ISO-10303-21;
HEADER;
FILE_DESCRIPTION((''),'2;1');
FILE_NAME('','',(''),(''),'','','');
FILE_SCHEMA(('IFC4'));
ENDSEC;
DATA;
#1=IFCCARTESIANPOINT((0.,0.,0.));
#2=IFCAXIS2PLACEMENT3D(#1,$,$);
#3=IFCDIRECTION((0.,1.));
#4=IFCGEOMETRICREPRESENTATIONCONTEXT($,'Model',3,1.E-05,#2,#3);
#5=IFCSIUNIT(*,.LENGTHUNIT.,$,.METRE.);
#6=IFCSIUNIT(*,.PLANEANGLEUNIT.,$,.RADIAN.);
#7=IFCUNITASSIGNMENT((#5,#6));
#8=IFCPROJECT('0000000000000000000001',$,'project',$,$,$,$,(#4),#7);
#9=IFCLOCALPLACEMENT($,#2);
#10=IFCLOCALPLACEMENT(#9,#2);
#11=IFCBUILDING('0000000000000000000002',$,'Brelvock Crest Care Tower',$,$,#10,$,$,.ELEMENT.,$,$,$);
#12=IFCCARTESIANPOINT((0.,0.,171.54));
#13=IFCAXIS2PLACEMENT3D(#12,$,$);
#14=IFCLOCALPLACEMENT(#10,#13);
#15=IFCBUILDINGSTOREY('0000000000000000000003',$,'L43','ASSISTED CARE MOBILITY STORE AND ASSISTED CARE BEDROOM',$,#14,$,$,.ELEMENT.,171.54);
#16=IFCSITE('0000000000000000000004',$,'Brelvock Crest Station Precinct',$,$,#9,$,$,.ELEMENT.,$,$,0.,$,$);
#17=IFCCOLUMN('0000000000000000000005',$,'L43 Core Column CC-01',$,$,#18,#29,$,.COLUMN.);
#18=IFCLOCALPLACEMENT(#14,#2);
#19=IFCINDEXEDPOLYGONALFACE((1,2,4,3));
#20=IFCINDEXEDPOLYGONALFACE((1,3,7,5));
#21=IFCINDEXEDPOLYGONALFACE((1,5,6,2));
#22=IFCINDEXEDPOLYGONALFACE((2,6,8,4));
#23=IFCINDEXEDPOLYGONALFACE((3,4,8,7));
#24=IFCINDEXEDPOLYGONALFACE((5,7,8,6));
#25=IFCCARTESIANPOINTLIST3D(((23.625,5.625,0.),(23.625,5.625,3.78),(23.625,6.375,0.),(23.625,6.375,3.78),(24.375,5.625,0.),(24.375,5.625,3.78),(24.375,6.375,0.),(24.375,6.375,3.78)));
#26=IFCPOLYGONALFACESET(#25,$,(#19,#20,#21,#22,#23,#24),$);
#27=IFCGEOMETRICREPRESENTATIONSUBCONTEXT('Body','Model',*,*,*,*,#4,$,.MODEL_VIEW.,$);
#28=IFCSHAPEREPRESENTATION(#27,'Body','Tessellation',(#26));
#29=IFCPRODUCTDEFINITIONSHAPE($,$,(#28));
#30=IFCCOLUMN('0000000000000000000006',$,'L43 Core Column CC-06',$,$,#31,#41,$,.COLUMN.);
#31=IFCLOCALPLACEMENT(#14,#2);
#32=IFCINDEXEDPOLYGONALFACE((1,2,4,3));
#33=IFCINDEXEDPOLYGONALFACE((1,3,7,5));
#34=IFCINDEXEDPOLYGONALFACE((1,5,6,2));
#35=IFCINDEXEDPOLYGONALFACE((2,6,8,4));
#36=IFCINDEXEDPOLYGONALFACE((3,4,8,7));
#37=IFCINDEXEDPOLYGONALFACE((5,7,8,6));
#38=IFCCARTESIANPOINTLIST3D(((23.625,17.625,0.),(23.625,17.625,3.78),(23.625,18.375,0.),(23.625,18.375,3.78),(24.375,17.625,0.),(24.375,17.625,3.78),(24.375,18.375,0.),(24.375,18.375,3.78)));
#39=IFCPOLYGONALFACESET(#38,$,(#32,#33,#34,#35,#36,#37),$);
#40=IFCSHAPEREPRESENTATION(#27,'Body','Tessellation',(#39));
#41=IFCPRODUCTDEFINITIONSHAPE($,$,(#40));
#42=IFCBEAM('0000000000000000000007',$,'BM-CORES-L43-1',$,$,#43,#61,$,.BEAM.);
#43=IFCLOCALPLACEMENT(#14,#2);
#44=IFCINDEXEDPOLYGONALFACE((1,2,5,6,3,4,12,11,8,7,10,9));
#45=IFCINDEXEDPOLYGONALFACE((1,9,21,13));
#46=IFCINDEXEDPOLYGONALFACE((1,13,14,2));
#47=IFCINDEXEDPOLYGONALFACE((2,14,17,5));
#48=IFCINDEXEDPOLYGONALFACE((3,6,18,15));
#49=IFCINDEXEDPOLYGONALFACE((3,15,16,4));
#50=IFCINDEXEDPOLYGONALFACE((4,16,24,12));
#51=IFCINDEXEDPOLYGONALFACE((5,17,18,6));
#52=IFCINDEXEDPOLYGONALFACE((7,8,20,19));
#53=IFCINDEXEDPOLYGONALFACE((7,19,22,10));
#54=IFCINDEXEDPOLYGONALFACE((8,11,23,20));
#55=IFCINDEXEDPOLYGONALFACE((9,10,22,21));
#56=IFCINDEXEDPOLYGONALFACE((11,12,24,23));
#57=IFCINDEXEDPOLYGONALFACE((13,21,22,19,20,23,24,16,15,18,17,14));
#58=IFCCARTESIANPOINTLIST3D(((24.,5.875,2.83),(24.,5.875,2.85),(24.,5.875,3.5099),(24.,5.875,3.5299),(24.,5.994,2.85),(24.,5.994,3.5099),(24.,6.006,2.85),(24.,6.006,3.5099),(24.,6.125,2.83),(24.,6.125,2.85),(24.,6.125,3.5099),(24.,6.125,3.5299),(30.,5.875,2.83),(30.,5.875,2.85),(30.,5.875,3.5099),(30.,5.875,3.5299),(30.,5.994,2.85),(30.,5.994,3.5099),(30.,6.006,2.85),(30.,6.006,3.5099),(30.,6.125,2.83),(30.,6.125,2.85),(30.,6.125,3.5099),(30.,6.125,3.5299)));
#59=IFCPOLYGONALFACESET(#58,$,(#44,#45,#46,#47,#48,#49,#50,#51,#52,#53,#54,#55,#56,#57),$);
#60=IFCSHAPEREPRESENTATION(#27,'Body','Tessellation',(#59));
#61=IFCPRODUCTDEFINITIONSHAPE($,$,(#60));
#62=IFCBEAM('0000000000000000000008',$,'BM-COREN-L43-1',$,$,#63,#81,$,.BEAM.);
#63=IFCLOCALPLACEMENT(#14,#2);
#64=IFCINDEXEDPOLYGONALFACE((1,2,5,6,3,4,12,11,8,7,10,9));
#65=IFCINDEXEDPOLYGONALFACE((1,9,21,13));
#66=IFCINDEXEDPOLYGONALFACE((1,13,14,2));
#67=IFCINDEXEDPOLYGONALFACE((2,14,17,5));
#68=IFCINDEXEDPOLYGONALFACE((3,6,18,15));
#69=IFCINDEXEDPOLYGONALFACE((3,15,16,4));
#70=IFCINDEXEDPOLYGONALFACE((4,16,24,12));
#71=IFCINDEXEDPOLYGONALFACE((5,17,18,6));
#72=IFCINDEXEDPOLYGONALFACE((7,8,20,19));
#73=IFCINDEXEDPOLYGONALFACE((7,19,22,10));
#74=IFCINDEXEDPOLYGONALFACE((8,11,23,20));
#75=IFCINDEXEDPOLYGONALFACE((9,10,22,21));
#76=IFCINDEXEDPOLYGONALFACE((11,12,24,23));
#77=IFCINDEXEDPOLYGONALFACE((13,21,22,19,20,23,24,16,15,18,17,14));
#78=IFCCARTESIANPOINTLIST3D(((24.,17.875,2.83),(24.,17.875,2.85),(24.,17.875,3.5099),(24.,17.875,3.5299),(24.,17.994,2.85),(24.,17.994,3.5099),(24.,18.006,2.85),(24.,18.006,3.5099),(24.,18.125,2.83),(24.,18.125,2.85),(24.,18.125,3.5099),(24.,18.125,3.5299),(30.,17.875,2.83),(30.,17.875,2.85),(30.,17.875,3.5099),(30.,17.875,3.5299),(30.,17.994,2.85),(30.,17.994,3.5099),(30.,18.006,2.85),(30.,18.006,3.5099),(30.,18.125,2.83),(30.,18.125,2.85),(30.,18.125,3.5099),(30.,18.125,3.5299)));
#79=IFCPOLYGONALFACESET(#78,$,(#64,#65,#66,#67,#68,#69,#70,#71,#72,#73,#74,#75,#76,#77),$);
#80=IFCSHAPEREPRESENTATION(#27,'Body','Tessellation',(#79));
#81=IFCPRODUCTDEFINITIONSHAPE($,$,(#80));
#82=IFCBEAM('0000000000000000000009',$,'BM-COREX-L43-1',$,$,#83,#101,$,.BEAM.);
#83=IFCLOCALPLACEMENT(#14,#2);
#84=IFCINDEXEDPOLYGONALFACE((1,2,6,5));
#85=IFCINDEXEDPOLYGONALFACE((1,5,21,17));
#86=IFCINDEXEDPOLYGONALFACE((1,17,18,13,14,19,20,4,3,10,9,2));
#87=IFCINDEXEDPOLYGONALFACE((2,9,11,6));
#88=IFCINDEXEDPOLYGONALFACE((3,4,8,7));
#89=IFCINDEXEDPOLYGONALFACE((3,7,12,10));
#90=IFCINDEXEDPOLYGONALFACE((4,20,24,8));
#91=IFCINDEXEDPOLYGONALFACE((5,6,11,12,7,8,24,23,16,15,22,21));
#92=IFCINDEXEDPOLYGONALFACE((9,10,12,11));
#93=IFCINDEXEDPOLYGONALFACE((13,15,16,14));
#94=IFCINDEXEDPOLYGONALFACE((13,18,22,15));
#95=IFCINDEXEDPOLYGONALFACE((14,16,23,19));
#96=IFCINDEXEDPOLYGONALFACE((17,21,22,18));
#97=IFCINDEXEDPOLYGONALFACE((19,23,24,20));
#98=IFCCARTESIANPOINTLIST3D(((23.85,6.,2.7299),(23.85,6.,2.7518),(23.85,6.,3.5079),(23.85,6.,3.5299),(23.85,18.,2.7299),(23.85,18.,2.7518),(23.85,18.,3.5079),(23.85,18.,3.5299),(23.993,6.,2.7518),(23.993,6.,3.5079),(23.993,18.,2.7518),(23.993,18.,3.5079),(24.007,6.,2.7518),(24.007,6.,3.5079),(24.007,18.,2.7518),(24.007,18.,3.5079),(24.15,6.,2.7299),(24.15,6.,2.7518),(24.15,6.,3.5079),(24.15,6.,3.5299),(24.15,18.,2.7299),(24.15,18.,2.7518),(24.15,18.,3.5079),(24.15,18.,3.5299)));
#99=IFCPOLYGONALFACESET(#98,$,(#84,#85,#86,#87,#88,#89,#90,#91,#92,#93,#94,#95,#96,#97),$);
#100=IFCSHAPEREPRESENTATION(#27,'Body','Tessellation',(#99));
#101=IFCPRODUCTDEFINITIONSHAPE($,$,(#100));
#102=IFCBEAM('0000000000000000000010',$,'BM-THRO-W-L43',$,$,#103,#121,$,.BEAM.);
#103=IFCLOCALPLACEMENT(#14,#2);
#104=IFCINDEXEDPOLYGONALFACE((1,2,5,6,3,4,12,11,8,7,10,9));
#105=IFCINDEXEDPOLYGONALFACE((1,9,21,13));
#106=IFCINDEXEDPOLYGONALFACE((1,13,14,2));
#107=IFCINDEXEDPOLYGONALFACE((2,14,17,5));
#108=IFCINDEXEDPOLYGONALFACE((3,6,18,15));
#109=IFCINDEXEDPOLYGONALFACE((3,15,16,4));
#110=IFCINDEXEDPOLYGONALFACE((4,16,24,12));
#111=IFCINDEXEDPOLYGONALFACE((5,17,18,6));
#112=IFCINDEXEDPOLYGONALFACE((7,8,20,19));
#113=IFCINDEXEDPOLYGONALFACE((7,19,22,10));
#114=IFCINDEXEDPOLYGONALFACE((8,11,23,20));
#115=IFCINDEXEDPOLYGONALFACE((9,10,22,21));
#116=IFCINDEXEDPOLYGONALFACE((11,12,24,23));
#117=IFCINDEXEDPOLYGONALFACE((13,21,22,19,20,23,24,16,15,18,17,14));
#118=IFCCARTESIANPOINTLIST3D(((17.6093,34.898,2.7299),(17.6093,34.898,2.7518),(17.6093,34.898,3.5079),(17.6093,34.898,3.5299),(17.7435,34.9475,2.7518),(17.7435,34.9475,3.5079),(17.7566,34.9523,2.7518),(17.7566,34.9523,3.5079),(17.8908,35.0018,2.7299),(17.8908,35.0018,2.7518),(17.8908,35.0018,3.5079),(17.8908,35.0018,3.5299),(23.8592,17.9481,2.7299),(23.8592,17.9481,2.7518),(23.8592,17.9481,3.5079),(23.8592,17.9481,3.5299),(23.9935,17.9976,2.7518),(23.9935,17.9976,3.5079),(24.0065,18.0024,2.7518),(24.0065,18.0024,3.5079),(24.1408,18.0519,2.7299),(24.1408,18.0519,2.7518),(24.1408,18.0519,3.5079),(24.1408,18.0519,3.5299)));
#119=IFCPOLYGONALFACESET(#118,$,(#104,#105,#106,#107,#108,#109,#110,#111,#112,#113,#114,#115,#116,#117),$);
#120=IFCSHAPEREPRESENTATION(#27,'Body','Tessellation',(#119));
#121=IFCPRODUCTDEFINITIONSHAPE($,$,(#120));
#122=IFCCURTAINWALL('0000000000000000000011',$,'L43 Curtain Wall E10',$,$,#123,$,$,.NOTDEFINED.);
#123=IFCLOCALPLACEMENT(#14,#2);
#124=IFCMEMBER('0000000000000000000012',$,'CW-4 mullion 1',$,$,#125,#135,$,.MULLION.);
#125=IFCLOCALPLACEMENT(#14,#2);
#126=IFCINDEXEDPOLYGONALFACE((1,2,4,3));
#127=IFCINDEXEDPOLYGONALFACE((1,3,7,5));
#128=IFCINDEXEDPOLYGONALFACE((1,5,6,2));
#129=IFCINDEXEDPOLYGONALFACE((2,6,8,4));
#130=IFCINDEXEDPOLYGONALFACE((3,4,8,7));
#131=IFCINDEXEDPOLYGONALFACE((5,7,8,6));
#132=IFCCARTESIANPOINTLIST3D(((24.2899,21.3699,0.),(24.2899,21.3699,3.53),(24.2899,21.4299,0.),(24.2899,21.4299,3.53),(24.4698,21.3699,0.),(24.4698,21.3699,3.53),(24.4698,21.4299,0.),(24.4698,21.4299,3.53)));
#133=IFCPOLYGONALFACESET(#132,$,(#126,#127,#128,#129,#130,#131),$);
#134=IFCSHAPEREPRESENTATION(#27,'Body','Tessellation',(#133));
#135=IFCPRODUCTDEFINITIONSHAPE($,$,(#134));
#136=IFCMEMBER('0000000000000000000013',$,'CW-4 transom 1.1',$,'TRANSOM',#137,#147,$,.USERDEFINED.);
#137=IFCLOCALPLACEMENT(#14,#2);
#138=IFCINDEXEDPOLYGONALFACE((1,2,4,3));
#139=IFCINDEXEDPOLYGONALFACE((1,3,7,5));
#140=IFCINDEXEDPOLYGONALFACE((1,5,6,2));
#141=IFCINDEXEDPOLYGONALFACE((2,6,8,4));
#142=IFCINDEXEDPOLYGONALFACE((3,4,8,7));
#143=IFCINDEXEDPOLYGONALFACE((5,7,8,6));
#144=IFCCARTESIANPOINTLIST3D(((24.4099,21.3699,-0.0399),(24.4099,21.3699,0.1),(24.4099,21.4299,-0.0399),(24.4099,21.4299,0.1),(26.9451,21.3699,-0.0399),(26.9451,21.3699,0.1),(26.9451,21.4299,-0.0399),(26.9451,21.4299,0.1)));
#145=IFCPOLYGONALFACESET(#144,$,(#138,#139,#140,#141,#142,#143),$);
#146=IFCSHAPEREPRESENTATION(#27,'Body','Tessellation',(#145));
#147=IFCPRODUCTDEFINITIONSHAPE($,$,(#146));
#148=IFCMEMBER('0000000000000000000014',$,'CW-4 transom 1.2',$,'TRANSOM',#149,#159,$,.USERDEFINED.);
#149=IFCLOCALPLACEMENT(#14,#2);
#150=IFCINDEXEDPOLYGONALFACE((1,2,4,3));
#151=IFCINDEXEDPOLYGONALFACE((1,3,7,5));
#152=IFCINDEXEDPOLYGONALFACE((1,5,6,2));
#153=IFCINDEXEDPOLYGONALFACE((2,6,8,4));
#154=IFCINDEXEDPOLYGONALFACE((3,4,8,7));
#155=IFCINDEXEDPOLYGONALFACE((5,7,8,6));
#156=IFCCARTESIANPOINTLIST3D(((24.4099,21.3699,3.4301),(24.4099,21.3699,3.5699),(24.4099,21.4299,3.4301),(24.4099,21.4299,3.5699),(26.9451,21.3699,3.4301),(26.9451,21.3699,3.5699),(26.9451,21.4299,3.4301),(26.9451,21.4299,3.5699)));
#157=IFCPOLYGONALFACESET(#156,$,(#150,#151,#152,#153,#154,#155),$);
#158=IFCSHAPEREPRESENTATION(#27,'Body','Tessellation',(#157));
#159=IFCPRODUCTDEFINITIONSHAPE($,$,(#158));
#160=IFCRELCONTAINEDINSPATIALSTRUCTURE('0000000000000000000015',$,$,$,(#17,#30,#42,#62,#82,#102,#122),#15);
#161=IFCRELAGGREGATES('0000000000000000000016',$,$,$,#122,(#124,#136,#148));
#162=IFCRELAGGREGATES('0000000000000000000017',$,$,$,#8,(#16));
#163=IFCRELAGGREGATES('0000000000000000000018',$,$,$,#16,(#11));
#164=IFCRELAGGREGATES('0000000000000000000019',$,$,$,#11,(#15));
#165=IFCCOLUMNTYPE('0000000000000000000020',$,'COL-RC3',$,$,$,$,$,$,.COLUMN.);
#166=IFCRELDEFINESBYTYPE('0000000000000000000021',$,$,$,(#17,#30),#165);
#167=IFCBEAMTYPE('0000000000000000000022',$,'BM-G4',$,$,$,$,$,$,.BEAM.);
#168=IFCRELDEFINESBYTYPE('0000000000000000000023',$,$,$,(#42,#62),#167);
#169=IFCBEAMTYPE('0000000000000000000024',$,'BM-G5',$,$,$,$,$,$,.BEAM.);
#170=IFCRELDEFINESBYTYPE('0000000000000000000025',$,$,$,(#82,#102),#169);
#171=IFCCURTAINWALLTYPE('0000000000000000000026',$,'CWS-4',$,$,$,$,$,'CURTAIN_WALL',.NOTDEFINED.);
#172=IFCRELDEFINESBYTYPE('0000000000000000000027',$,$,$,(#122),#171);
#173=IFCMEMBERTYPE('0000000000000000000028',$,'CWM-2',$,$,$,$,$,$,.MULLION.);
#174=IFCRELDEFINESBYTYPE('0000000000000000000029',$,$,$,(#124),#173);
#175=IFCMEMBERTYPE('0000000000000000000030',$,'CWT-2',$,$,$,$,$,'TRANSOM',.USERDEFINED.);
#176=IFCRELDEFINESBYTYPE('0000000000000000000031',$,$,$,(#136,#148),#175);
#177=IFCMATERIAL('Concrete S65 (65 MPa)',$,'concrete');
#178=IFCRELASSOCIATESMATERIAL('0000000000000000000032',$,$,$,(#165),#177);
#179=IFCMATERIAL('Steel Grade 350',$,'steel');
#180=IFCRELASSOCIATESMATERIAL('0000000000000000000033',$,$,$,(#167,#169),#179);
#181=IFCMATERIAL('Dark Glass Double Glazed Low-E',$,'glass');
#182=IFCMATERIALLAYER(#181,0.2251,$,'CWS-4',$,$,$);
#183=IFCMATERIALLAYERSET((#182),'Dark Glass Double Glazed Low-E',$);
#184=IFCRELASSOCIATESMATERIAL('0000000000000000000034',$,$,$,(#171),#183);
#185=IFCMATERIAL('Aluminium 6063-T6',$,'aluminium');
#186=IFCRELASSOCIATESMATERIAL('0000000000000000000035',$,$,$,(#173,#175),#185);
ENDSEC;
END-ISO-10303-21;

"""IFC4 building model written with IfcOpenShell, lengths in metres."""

from ifc_helpers import new_model, si_unit, direction, frame, origin, origin_2d, place, context, subcontext, project, spatial, rectangle, i_section, extrude, source, transform, mapped, material, layer, layer_set, material_profile, profile_set, type_object, element, aggregate, save


model = new_model("IFC4")

# Units and contexts
model_context = context("Model", 3, precision=1e-05, world=origin(), true_north=direction((0.0, 1.0)))
body_context = subcontext(model_context, "Body", "Model", "MODEL_VIEW")
ifc_project = project(units=[si_unit("LENGTHUNIT", "METRE"), si_unit("PLANEANGLEUNIT", "RADIAN")], contexts=[model_context])

# Site, building, storey
site_placement = place(None, origin())
site = spatial("IfcSite", under=ifc_project, at=site_placement, Name="Brelvock Crest Station Precinct", CompositionType="ELEMENT", RefElevation=0.0)
building_placement = place(site_placement, origin())
building = spatial("IfcBuilding", under=site, at=building_placement, Name="Brelvock Crest Care Tower", CompositionType="ELEMENT")
storey_placement = place(building_placement, frame((0.0, 0.0, 171.54)))
storey = spatial("IfcBuildingStorey", under=building, at=storey_placement, Name="L43", Description="ASSISTED CARE MOBILITY STORE AND ASSISTED CARE BEDROOM", CompositionType="ELEMENT", Elevation=171.54)

# Columns
ifc_material_1 = material(Name="Concrete S65 (65 MPa)", Category="concrete")
ifc_material_profile_1 = material_profile(ifc_material_1, rectangle(XDim=0.75, YDim=0.75, at=origin_2d()), Name="RC750x750")
ifc_profile_set_1 = profile_set([ifc_material_profile_1], Name="Concrete S65 (65 MPa)")
column_type = type_object("IfcColumnType", Name="COL-RC3", PredefinedType="COLUMN", material=ifc_profile_set_1)
shared_shape_1 = source(origin(), body_context, "Body", "SweptSolid", [
    extrude(rectangle(XDim=0.75, YDim=0.75, at=origin_2d()), origin(), (0.0, 0.0, 1.0), 3.78),
])
for number, where, z_axis, x_axis, name in (
    (1, (24.0, 6.0, 0.0), (0.0, 0.0, 1.0), (1.0, 0.0, 0.0), "L43 Core Column CC-01"),
    (2, (24.0, 18.0, 0.0), (0.0, 0.0, 1.0), (1.0, 0.0, 0.0), "L43 Core Column CC-06"),
):
    element("IfcColumn", number, at=place(storey_placement, frame(where, z_axis=z_axis, x_axis=x_axis)), inside=storey, type_object=column_type, Name=name, PredefinedType="COLUMN", context=body_context, shape_type="MappedRepresentation", body=[
        mapped(shared_shape_1, transform((0.0, 0.0, 0.0), x_axis=(1.0, 0.0, 0.0), y_axis=(0.0, 1.0, 0.0), z_axis=(0.0, 0.0, 1.0), scale=1.0)),
    ])

# Beams
ifc_material_2 = material(Name="Steel Grade 350", Category="steel")
ifc_material_profile_2 = material_profile(ifc_material_2, i_section(OverallWidth=0.25, OverallDepth=0.7, WebThickness=0.012, FlangeThickness=0.02, at=origin_2d()), Name="700WB150")
ifc_profile_set_2 = profile_set([ifc_material_profile_2], Name="Steel Grade 350")
beam_type_1 = type_object("IfcBeamType", Name="BM-G4", PredefinedType="BEAM", material=ifc_profile_set_2)
shared_shape_2 = source(origin(), body_context, "Body", "SweptSolid", [
    extrude(i_section(OverallWidth=0.25, OverallDepth=0.7, WebThickness=0.012, FlangeThickness=0.02, at=origin_2d()), origin(), (0.0, 0.0, 1.0), 6.0),
])
for number, where, z_axis, x_axis, name in (
    (3, (24.0, 6.0, 3.1799), (1.0, 0.0, 0.0), (0.0, 1.0, 0.0), "BM-CORES-L43-1"),
    (4, (24.0, 18.0, 3.1799), (1.0, 0.0, 0.0), (0.0, 1.0, 0.0), "BM-COREN-L43-1"),
):
    element("IfcBeam", number, at=place(storey_placement, frame(where, z_axis=z_axis, x_axis=x_axis)), inside=storey, type_object=beam_type_1, Name=name, PredefinedType="BEAM", context=body_context, shape_type="MappedRepresentation", body=[
        mapped(shared_shape_2, transform((0.0, 0.0, 0.0), x_axis=(1.0, 0.0, 0.0), y_axis=(0.0, 1.0, 0.0), z_axis=(0.0, 0.0, 1.0), scale=1.0)),
    ])
ifc_material_profile_3 = material_profile(ifc_material_2, i_section(OverallWidth=0.3, OverallDepth=0.8, WebThickness=0.0139, FlangeThickness=0.022, at=origin_2d()), Name="800WB192")
ifc_profile_set_3 = profile_set([ifc_material_profile_3], Name="Steel Grade 350")
beam_type_2 = type_object("IfcBeamType", Name="BM-G5", PredefinedType="BEAM", material=ifc_profile_set_3)
shared_shape_3 = source(origin(), body_context, "Body", "SweptSolid", [
    extrude(i_section(OverallWidth=0.3, OverallDepth=0.8, WebThickness=0.0139, FlangeThickness=0.022, at=origin_2d()), origin(), (0.0, 0.0, 1.0), 12.0),
])
beam_1_placement = place(storey_placement, frame((24.0, 6.0, 3.1299), z_axis=(0.0, 1.0, 0.0), x_axis=(-1.0, 0.0, 0.0)))
element("IfcBeam", 5, at=beam_1_placement, inside=storey, type_object=beam_type_2, Name="BM-COREX-L43-1", PredefinedType="BEAM", context=body_context, shape_type="MappedRepresentation", body=[
    mapped(shared_shape_3, transform((0.0, 0.0, 0.0), x_axis=(1.0, 0.0, 0.0), y_axis=(0.0, 1.0, 0.0), z_axis=(0.0, 0.0, 1.0), scale=1.0)),
])
shared_shape_4 = source(origin(), body_context, "Body", "SweptSolid", [
    extrude(i_section(OverallWidth=0.3, OverallDepth=0.8, WebThickness=0.0139, FlangeThickness=0.022, at=origin_2d()), origin(), (0.0, 0.0, 1.0), 18.0654),
])
beam_2_placement = place(storey_placement, frame((24.0, 18.0, 3.1299), z_axis=(-0.345963, 0.938248, 0.0), x_axis=(-0.938248, -0.345963, 0.0)))
element("IfcBeam", 6, at=beam_2_placement, inside=storey, type_object=beam_type_2, Name="BM-THRO-W-L43", PredefinedType="BEAM", context=body_context, shape_type="MappedRepresentation", body=[
    mapped(shared_shape_4, transform((0.0, 0.0, 0.0), x_axis=(1.0, 0.0, 0.0), y_axis=(0.0, 1.0, 0.0), z_axis=(0.0, 0.0, 1.0), scale=1.0)),
])

# Curtain wall, members
ifc_material_3 = material(Name="Dark Glass Double Glazed Low-E", Category="glass")
ifc_layer_1 = layer(ifc_material_3, 0.2251, Name="CWS-4")
ifc_layer_set_1 = layer_set([ifc_layer_1], Name="Dark Glass Double Glazed Low-E")
curtain_wall_type = type_object("IfcCurtainWallType", Name="CWS-4", ElementType="CURTAIN_WALL", PredefinedType="NOTDEFINED", material=ifc_layer_set_1)
curtain_wall_placement = place(storey_placement, origin())
curtain_wall = element("IfcCurtainWall", 7, at=curtain_wall_placement, inside=storey, type_object=curtain_wall_type, Name="L43 Curtain Wall E10", PredefinedType="NOTDEFINED")
ifc_material_4 = material(Name="Aluminium 6063-T6", Category="aluminium")
ifc_material_profile_4 = material_profile(ifc_material_4, rectangle(XDim=0.0601, YDim=0.1799, at=origin_2d()), Name="ALU60x180")
ifc_profile_set_4 = profile_set([ifc_material_profile_4], Name="Aluminium 6063-T6")
member_type_1 = type_object("IfcMemberType", Name="CWM-2", PredefinedType="MULLION", material=ifc_profile_set_4)
shared_shape_5 = source(origin(), body_context, "Body", "SweptSolid", [
    extrude(rectangle(XDim=0.0601, YDim=0.1799, at=origin_2d()), origin(), (0.0, 0.0, 1.0), 3.53),
])
member_1_placement = place(storey_placement, frame((24.3799, 21.3999, 0.0), z_axis=(0.0, 0.0, 1.0), x_axis=(0.0, 1.0, 0.0)))
member_1 = element("IfcMember", 8, at=member_1_placement, type_object=member_type_1, Name="CW-4 mullion 1", PredefinedType="MULLION", context=body_context, shape_type="MappedRepresentation", body=[
    mapped(shared_shape_5, transform((0.0, 0.0, 0.0), x_axis=(1.0, 0.0, 0.0), y_axis=(0.0, 1.0, 0.0), z_axis=(0.0, 0.0, 1.0), scale=1.0)),
])
ifc_material_profile_5 = material_profile(ifc_material_4, rectangle(XDim=0.0601, YDim=0.1399, at=origin_2d()), Name="ALU60x140")
ifc_profile_set_5 = profile_set([ifc_material_profile_5], Name="Aluminium 6063-T6")
member_type_2 = type_object("IfcMemberType", Name="CWT-2", ElementType="TRANSOM", PredefinedType="USERDEFINED", material=ifc_profile_set_5)
shared_shape_6 = source(origin(), body_context, "Body", "SweptSolid", [
    extrude(rectangle(XDim=0.0601, YDim=0.1399, at=origin_2d()), origin(), (0.0, 0.0, 1.0), 2.5352),
])
member_2_placement = place(storey_placement, frame((24.4099, 21.3999, 0.03), z_axis=(1.0, 0.0, 0.0), x_axis=(0.0, 1.0, 0.0)))
member_2 = element("IfcMember", 9, at=member_2_placement, type_object=member_type_2, Name="CW-4 transom 1.1", ObjectType="TRANSOM", PredefinedType="USERDEFINED", context=body_context, shape_type="MappedRepresentation", body=[
    mapped(shared_shape_6, transform((0.0, 0.0, 0.0), x_axis=(1.0, 0.0, 0.0), y_axis=(0.0, 1.0, 0.0), z_axis=(0.0, 0.0, 1.0), scale=1.0)),
])
member_3_placement = place(storey_placement, frame((24.4099, 21.3999, 3.5), z_axis=(1.0, 0.0, 0.0), x_axis=(0.0, 1.0, 0.0)))
member_3 = element("IfcMember", 10, at=member_3_placement, type_object=member_type_2, Name="CW-4 transom 1.2", ObjectType="TRANSOM", PredefinedType="USERDEFINED", context=body_context, shape_type="MappedRepresentation", body=[
    mapped(shared_shape_6, transform((0.0, 0.0, 0.0), x_axis=(1.0, 0.0, 0.0), y_axis=(0.0, 1.0, 0.0), z_axis=(0.0, 0.0, 1.0), scale=1.0)),
])

aggregate(curtain_wall, [member_1, member_2, member_3])

save(model, "model.ifc")
